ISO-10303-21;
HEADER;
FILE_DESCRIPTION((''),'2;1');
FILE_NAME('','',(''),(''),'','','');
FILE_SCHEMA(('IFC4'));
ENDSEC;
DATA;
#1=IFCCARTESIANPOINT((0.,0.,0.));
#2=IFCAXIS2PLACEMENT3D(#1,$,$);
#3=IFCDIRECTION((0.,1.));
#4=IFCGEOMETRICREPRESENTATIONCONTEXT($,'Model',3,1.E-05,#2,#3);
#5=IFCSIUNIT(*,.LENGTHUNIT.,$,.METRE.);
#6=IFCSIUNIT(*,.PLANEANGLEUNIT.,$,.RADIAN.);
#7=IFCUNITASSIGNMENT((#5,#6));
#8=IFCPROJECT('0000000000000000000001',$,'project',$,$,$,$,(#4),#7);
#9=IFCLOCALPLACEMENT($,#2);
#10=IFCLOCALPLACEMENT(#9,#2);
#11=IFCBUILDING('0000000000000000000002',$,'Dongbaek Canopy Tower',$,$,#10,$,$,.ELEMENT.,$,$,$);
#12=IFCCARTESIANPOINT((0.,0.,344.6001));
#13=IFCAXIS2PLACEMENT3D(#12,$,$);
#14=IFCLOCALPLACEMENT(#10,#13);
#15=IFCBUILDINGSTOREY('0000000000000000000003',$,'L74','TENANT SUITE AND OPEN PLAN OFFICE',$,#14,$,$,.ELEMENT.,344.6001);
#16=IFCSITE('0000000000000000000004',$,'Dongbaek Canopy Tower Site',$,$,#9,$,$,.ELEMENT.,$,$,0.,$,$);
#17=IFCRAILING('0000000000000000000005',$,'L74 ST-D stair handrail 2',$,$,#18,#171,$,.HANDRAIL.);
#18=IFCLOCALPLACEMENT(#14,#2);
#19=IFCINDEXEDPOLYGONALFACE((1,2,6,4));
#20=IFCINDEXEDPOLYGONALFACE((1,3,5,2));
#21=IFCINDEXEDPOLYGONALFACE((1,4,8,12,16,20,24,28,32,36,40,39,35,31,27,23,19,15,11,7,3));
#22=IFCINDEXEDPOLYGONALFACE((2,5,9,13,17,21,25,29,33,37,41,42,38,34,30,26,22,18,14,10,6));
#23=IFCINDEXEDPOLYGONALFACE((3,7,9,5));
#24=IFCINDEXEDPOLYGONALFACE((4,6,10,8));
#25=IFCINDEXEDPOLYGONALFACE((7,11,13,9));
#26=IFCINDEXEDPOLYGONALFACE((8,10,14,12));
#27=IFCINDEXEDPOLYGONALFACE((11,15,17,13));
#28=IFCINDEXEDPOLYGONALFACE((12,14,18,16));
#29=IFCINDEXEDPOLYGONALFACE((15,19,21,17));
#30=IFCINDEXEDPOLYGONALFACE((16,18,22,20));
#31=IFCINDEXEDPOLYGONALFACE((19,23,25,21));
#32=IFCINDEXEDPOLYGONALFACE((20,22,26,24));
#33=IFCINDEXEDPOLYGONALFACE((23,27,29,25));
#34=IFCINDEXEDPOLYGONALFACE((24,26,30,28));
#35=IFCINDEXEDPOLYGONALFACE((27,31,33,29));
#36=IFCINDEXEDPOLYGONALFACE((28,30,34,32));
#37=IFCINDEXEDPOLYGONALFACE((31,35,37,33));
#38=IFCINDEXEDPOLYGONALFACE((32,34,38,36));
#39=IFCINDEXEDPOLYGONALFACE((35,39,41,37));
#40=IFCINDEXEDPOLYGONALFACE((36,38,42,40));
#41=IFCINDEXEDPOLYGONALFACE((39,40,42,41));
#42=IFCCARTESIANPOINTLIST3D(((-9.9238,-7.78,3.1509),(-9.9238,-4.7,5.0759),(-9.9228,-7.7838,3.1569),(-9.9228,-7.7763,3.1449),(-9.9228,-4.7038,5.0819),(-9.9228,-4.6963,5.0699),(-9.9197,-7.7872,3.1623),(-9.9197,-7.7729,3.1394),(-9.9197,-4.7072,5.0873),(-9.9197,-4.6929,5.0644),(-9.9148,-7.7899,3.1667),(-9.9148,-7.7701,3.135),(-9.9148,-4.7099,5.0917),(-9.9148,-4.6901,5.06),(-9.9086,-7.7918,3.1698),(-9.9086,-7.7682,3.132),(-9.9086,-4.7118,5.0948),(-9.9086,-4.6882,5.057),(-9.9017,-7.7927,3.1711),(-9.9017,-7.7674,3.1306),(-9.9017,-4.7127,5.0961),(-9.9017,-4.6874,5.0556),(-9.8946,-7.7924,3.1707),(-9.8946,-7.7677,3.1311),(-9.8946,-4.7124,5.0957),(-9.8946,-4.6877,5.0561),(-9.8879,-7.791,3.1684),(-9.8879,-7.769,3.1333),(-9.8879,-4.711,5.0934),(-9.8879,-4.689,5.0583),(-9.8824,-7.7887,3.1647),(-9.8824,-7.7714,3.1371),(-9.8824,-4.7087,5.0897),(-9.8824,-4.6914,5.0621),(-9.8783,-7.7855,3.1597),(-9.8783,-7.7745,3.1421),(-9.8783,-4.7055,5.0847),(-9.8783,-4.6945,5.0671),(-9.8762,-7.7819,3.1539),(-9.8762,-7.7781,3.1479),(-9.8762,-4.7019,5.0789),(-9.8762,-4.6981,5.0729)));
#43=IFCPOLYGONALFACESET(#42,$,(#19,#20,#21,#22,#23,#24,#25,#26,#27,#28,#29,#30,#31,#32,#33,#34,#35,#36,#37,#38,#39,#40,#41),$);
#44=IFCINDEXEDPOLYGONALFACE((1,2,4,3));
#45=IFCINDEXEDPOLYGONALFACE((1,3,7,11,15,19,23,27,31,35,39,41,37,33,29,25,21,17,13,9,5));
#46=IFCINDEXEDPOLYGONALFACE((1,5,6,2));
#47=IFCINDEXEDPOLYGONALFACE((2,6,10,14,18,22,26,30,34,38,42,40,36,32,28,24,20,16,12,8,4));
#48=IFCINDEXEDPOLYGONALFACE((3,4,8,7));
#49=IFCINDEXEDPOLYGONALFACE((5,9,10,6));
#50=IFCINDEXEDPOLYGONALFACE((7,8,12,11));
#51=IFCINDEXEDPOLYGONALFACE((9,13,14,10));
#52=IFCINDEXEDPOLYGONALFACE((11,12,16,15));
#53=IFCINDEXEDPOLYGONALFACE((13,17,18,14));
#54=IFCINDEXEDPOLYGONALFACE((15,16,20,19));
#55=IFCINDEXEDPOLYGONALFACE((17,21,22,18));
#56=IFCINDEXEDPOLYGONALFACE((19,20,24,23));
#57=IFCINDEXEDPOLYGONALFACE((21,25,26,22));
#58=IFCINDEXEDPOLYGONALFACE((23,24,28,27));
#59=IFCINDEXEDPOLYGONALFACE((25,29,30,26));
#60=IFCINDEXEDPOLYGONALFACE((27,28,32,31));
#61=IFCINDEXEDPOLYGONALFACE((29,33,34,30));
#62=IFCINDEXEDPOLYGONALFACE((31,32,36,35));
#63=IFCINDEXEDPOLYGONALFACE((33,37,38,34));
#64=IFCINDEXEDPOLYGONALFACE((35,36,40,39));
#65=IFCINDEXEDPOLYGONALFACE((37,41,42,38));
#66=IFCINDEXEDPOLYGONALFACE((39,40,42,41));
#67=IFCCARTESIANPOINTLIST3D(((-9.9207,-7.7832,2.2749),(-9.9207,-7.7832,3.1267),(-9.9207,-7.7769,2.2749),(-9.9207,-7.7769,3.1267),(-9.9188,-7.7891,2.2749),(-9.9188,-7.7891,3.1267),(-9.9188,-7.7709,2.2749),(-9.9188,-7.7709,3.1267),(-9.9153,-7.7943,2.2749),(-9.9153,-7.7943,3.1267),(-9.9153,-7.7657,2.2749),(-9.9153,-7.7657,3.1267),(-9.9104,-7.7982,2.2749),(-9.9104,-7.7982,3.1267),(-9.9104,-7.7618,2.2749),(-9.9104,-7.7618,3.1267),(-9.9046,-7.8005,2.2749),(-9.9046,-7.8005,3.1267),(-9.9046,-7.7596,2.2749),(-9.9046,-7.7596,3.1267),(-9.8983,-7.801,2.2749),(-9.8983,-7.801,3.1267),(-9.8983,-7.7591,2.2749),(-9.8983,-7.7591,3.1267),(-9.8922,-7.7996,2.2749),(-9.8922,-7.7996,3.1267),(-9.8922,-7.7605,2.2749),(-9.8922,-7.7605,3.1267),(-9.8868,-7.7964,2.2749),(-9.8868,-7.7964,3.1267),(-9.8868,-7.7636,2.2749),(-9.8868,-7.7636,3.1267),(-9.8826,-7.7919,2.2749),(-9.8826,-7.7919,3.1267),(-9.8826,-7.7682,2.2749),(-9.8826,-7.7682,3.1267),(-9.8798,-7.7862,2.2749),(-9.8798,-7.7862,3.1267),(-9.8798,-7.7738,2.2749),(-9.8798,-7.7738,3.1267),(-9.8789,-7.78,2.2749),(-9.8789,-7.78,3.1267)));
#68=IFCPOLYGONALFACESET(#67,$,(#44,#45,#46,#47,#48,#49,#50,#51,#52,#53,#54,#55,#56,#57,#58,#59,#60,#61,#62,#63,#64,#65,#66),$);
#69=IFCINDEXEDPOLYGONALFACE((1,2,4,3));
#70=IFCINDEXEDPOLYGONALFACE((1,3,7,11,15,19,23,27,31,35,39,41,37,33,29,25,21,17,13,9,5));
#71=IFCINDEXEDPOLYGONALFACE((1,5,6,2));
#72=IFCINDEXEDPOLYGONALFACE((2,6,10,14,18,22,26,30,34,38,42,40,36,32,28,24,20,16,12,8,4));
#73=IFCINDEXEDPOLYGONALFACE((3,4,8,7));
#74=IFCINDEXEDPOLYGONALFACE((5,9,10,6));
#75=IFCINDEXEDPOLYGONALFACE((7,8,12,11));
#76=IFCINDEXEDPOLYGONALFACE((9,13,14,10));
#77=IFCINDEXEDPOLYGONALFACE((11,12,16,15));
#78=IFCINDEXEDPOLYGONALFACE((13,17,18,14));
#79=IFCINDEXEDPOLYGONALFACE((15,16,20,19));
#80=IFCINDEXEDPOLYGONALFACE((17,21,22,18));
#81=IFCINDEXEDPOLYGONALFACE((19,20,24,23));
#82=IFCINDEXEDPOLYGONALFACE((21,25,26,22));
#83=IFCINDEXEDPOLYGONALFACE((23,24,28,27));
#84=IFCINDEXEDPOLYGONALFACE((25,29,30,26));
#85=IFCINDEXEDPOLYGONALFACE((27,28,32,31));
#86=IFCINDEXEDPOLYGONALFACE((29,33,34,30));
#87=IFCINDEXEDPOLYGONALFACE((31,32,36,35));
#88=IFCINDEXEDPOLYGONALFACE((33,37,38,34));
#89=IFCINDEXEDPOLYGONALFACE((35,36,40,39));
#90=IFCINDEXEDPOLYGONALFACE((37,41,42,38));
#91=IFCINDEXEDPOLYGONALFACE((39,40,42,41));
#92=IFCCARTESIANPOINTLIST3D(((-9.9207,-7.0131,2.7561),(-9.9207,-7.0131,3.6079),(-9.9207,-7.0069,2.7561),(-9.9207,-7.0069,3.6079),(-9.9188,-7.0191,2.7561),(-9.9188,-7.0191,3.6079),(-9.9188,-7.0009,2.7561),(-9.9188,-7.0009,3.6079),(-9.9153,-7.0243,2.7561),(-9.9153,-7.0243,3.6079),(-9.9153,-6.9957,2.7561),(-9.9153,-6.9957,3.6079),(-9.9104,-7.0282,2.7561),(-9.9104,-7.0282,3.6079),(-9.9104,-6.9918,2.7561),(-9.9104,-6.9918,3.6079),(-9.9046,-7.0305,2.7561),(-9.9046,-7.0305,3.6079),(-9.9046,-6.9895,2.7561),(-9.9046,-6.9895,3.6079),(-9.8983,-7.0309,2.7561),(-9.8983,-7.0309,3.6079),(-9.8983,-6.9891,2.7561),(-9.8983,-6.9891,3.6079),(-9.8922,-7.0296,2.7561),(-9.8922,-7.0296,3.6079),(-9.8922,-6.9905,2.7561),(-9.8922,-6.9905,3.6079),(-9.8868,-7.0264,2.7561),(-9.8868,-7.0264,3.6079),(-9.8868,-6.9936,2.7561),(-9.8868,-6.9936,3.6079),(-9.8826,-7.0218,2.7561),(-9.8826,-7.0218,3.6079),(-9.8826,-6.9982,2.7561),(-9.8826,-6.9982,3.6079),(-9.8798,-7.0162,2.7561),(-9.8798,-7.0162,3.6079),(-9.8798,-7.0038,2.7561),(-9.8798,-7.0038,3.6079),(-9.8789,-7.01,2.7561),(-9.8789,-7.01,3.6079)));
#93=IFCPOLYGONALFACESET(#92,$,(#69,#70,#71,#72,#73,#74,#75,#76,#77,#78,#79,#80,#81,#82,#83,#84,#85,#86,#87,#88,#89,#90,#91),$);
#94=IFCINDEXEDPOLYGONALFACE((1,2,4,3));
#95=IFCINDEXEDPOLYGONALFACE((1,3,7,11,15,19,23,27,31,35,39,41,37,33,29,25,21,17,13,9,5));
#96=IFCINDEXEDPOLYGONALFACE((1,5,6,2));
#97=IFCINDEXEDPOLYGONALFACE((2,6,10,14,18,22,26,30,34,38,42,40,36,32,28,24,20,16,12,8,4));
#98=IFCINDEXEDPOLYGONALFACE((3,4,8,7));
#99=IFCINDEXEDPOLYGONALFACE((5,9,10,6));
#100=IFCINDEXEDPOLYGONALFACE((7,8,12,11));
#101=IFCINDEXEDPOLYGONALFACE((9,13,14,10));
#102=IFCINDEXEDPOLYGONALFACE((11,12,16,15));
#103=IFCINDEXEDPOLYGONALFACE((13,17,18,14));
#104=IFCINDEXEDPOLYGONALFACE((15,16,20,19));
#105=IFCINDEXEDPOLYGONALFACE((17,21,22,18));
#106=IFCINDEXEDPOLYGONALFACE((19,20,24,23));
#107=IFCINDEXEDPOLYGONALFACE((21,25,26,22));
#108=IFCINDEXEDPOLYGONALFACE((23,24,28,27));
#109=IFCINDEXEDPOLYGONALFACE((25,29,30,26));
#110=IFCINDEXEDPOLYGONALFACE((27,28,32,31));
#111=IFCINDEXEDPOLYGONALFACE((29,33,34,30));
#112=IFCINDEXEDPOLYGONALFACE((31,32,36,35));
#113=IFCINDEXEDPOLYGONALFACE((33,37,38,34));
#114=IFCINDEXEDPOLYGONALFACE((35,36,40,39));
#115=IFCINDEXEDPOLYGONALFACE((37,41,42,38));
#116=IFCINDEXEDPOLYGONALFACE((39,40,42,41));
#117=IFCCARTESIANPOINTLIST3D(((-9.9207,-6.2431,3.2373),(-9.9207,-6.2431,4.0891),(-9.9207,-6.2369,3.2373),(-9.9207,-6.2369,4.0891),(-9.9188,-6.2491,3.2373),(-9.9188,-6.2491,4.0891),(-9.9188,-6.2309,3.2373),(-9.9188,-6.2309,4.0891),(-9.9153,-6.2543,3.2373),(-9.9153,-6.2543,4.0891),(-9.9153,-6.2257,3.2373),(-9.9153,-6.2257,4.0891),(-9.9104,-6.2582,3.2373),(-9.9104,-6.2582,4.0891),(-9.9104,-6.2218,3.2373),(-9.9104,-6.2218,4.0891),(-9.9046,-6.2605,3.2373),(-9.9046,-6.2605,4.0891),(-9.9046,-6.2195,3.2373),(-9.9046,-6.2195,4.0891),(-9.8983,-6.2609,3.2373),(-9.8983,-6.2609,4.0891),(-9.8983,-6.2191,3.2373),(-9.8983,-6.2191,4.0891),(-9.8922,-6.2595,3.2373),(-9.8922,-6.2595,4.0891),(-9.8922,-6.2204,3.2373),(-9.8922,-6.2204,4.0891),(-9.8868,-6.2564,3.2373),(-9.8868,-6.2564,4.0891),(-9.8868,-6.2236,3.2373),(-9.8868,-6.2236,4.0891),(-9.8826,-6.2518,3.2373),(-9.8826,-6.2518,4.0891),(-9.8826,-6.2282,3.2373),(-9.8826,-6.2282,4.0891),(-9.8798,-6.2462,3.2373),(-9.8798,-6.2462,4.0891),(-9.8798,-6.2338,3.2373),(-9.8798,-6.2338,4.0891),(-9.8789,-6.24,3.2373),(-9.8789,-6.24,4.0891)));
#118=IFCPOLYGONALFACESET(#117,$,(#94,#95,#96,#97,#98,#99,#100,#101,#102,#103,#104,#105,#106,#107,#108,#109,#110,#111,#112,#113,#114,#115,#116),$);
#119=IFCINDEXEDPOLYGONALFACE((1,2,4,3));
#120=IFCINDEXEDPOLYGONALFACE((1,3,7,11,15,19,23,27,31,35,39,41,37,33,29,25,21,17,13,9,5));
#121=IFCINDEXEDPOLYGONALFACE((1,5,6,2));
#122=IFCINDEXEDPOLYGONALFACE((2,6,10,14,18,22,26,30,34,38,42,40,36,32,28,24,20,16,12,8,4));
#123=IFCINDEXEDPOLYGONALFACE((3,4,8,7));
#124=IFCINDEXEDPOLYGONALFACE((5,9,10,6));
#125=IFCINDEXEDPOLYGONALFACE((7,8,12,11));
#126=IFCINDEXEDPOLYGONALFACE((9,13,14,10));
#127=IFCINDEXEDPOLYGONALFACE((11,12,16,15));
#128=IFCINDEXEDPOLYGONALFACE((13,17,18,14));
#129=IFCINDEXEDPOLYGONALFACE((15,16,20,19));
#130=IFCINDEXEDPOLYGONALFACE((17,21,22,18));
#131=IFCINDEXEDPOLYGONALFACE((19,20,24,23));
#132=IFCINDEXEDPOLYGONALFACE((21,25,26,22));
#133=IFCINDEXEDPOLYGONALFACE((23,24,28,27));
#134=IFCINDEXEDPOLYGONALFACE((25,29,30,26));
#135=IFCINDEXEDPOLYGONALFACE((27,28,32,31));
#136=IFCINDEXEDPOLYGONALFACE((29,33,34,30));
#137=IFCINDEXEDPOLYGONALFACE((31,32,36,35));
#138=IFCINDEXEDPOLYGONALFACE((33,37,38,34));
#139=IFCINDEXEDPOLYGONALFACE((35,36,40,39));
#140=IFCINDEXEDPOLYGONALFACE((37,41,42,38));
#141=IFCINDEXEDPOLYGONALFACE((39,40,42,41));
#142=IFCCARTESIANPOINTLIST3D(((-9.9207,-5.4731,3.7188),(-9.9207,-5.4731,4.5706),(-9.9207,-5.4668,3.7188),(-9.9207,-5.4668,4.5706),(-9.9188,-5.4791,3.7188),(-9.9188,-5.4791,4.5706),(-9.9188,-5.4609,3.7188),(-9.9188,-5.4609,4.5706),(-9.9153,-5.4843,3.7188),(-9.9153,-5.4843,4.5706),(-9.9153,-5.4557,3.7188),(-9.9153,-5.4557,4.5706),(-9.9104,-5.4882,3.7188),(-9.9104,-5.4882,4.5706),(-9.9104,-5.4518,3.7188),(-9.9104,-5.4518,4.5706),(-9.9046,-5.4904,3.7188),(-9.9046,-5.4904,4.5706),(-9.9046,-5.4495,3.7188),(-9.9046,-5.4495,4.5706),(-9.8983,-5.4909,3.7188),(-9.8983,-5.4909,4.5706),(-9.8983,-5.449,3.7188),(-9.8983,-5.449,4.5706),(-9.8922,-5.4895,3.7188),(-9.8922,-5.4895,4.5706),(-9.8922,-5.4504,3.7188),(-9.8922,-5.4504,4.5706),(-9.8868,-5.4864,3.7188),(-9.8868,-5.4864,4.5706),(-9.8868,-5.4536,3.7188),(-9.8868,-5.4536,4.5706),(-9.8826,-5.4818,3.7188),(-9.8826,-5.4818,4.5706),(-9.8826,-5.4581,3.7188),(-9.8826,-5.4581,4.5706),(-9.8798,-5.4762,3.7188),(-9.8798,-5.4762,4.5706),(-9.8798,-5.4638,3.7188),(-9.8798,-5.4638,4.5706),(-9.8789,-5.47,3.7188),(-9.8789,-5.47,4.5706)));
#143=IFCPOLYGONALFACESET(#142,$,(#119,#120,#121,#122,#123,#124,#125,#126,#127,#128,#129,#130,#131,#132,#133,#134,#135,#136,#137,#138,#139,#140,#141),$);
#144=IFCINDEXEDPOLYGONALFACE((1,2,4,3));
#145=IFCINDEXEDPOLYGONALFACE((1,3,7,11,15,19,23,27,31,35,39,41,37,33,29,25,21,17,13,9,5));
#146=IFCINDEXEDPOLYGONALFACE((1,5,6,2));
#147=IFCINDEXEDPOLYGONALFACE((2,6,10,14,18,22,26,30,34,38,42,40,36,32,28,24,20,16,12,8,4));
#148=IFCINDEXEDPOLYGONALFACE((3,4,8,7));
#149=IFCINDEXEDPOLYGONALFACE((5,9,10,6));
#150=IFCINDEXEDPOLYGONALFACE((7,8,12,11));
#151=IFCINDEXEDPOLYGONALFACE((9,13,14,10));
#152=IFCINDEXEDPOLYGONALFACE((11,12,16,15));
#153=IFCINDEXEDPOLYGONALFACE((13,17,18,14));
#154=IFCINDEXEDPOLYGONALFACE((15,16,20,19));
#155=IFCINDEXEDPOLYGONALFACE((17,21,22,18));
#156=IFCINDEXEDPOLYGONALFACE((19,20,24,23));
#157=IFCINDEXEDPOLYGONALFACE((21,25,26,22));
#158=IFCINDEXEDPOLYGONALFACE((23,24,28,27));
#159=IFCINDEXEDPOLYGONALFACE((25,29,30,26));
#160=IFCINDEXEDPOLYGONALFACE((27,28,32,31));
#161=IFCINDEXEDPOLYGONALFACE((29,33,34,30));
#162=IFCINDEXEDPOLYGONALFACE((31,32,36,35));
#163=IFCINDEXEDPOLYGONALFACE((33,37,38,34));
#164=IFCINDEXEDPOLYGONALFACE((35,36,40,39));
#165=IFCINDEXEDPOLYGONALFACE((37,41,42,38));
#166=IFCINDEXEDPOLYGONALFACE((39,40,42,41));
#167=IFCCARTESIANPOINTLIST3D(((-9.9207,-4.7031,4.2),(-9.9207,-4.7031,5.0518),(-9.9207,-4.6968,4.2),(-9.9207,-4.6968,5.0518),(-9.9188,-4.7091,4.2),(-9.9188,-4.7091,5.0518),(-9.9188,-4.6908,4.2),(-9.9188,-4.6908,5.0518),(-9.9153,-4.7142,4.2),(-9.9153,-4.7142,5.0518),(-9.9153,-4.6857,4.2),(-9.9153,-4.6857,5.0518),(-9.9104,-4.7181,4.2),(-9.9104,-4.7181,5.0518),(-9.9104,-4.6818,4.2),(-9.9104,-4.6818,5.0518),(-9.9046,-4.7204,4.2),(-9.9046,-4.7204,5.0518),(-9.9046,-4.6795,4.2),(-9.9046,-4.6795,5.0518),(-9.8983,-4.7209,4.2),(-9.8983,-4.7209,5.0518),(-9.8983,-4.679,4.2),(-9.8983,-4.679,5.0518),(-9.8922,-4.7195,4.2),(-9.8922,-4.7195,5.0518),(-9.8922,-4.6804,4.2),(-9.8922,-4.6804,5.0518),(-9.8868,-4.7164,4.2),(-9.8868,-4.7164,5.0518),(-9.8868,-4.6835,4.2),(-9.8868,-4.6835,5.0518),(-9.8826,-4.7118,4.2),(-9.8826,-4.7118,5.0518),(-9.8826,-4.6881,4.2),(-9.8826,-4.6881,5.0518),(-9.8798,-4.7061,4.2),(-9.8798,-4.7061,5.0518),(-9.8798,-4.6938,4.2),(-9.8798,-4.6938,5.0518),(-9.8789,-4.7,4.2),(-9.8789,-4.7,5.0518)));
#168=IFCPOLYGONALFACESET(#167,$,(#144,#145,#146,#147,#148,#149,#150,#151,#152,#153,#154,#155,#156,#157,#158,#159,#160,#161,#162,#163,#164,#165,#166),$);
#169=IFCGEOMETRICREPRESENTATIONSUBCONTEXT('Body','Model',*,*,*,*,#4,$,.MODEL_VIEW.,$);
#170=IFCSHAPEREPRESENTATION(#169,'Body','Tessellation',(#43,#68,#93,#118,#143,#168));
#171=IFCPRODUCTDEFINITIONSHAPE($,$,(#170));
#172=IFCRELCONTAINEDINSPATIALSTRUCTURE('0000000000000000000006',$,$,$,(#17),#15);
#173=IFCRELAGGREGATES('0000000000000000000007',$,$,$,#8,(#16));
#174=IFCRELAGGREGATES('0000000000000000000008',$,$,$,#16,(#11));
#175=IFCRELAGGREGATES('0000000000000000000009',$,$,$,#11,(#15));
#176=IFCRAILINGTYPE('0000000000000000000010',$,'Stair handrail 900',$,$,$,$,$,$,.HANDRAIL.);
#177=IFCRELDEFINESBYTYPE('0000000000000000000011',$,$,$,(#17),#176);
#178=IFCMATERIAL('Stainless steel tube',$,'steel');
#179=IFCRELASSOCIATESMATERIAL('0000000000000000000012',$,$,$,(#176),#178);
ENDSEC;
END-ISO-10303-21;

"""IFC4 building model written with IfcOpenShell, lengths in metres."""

from ifc_helpers import new_model, si_unit, direction, frame, origin, origin_2d, place, context, subcontext, project, spatial, circle, extrude, material, type_object, element, save


model = new_model("IFC4")

# Units and contexts
model_context = context("Model", 3, precision=1e-05, world=origin(), true_north=direction((0.0, 1.0)))
body_context = subcontext(model_context, "Body", "Model", "MODEL_VIEW")
ifc_project = project(units=[si_unit("LENGTHUNIT", "METRE"), si_unit("PLANEANGLEUNIT", "RADIAN")], contexts=[model_context])

# Site, building, storey
site_placement = place(None, origin())
site = spatial("IfcSite", under=ifc_project, at=site_placement, Name="Dongbaek Canopy Tower Site", CompositionType="ELEMENT", RefElevation=0.0)
building_placement = place(site_placement, origin())
building = spatial("IfcBuilding", under=site, at=building_placement, Name="Dongbaek Canopy Tower", CompositionType="ELEMENT")
storey_placement = place(building_placement, frame((0.0, 0.0, 344.6001)))
storey = spatial("IfcBuildingStorey", under=building, at=storey_placement, Name="L74", Description="TENANT SUITE AND OPEN PLAN OFFICE", CompositionType="ELEMENT", Elevation=344.6001)

# Railing
ifc_material_1 = material(Name="Stainless steel tube", Category="steel")
railing_type_1 = type_object("IfcRailingType", Name="Stair handrail 900", PredefinedType="HANDRAIL", material=ifc_material_1)
railing_1_placement = place(storey_placement, frame((-9.8999, -7.78, 2.2749)))
element("IfcRailing", 1, at=railing_1_placement, inside=storey, type_object=railing_type_1, Name="L74 ST-D stair handrail 2", PredefinedType="HANDRAIL", context=body_context, shape_type="SweptSolid", body=[
    extrude(circle(Radius=0.0239, at=origin_2d()), frame((0.0, 0.0, 0.876), z_axis=(0.0, 0.847998, 0.529999), x_axis=(-1.0, 0.0, 0.0)), (0.0, 0.0, 1.0), 3.6321),
    extrude(circle(Radius=0.021, at=origin_2d()), origin(), (0.0, 0.0, 1.0), 0.8518),
    extrude(circle(Radius=0.021, at=origin_2d()), frame((0.0, 0.77, 0.4812)), (0.0, 0.0, 1.0), 0.8518),
    extrude(circle(Radius=0.021, at=origin_2d()), frame((0.0, 1.54, 0.9624)), (0.0, 0.0, 1.0), 0.8518),
    extrude(circle(Radius=0.021, at=origin_2d()), frame((0.0, 2.3101, 1.4438)), (0.0, 0.0, 1.0), 0.8518),
    extrude(circle(Radius=0.021, at=origin_2d()), frame((0.0, 3.0801, 1.925)), (0.0, 0.0, 1.0), 0.8518),
])

save(model, "model.ifc")
